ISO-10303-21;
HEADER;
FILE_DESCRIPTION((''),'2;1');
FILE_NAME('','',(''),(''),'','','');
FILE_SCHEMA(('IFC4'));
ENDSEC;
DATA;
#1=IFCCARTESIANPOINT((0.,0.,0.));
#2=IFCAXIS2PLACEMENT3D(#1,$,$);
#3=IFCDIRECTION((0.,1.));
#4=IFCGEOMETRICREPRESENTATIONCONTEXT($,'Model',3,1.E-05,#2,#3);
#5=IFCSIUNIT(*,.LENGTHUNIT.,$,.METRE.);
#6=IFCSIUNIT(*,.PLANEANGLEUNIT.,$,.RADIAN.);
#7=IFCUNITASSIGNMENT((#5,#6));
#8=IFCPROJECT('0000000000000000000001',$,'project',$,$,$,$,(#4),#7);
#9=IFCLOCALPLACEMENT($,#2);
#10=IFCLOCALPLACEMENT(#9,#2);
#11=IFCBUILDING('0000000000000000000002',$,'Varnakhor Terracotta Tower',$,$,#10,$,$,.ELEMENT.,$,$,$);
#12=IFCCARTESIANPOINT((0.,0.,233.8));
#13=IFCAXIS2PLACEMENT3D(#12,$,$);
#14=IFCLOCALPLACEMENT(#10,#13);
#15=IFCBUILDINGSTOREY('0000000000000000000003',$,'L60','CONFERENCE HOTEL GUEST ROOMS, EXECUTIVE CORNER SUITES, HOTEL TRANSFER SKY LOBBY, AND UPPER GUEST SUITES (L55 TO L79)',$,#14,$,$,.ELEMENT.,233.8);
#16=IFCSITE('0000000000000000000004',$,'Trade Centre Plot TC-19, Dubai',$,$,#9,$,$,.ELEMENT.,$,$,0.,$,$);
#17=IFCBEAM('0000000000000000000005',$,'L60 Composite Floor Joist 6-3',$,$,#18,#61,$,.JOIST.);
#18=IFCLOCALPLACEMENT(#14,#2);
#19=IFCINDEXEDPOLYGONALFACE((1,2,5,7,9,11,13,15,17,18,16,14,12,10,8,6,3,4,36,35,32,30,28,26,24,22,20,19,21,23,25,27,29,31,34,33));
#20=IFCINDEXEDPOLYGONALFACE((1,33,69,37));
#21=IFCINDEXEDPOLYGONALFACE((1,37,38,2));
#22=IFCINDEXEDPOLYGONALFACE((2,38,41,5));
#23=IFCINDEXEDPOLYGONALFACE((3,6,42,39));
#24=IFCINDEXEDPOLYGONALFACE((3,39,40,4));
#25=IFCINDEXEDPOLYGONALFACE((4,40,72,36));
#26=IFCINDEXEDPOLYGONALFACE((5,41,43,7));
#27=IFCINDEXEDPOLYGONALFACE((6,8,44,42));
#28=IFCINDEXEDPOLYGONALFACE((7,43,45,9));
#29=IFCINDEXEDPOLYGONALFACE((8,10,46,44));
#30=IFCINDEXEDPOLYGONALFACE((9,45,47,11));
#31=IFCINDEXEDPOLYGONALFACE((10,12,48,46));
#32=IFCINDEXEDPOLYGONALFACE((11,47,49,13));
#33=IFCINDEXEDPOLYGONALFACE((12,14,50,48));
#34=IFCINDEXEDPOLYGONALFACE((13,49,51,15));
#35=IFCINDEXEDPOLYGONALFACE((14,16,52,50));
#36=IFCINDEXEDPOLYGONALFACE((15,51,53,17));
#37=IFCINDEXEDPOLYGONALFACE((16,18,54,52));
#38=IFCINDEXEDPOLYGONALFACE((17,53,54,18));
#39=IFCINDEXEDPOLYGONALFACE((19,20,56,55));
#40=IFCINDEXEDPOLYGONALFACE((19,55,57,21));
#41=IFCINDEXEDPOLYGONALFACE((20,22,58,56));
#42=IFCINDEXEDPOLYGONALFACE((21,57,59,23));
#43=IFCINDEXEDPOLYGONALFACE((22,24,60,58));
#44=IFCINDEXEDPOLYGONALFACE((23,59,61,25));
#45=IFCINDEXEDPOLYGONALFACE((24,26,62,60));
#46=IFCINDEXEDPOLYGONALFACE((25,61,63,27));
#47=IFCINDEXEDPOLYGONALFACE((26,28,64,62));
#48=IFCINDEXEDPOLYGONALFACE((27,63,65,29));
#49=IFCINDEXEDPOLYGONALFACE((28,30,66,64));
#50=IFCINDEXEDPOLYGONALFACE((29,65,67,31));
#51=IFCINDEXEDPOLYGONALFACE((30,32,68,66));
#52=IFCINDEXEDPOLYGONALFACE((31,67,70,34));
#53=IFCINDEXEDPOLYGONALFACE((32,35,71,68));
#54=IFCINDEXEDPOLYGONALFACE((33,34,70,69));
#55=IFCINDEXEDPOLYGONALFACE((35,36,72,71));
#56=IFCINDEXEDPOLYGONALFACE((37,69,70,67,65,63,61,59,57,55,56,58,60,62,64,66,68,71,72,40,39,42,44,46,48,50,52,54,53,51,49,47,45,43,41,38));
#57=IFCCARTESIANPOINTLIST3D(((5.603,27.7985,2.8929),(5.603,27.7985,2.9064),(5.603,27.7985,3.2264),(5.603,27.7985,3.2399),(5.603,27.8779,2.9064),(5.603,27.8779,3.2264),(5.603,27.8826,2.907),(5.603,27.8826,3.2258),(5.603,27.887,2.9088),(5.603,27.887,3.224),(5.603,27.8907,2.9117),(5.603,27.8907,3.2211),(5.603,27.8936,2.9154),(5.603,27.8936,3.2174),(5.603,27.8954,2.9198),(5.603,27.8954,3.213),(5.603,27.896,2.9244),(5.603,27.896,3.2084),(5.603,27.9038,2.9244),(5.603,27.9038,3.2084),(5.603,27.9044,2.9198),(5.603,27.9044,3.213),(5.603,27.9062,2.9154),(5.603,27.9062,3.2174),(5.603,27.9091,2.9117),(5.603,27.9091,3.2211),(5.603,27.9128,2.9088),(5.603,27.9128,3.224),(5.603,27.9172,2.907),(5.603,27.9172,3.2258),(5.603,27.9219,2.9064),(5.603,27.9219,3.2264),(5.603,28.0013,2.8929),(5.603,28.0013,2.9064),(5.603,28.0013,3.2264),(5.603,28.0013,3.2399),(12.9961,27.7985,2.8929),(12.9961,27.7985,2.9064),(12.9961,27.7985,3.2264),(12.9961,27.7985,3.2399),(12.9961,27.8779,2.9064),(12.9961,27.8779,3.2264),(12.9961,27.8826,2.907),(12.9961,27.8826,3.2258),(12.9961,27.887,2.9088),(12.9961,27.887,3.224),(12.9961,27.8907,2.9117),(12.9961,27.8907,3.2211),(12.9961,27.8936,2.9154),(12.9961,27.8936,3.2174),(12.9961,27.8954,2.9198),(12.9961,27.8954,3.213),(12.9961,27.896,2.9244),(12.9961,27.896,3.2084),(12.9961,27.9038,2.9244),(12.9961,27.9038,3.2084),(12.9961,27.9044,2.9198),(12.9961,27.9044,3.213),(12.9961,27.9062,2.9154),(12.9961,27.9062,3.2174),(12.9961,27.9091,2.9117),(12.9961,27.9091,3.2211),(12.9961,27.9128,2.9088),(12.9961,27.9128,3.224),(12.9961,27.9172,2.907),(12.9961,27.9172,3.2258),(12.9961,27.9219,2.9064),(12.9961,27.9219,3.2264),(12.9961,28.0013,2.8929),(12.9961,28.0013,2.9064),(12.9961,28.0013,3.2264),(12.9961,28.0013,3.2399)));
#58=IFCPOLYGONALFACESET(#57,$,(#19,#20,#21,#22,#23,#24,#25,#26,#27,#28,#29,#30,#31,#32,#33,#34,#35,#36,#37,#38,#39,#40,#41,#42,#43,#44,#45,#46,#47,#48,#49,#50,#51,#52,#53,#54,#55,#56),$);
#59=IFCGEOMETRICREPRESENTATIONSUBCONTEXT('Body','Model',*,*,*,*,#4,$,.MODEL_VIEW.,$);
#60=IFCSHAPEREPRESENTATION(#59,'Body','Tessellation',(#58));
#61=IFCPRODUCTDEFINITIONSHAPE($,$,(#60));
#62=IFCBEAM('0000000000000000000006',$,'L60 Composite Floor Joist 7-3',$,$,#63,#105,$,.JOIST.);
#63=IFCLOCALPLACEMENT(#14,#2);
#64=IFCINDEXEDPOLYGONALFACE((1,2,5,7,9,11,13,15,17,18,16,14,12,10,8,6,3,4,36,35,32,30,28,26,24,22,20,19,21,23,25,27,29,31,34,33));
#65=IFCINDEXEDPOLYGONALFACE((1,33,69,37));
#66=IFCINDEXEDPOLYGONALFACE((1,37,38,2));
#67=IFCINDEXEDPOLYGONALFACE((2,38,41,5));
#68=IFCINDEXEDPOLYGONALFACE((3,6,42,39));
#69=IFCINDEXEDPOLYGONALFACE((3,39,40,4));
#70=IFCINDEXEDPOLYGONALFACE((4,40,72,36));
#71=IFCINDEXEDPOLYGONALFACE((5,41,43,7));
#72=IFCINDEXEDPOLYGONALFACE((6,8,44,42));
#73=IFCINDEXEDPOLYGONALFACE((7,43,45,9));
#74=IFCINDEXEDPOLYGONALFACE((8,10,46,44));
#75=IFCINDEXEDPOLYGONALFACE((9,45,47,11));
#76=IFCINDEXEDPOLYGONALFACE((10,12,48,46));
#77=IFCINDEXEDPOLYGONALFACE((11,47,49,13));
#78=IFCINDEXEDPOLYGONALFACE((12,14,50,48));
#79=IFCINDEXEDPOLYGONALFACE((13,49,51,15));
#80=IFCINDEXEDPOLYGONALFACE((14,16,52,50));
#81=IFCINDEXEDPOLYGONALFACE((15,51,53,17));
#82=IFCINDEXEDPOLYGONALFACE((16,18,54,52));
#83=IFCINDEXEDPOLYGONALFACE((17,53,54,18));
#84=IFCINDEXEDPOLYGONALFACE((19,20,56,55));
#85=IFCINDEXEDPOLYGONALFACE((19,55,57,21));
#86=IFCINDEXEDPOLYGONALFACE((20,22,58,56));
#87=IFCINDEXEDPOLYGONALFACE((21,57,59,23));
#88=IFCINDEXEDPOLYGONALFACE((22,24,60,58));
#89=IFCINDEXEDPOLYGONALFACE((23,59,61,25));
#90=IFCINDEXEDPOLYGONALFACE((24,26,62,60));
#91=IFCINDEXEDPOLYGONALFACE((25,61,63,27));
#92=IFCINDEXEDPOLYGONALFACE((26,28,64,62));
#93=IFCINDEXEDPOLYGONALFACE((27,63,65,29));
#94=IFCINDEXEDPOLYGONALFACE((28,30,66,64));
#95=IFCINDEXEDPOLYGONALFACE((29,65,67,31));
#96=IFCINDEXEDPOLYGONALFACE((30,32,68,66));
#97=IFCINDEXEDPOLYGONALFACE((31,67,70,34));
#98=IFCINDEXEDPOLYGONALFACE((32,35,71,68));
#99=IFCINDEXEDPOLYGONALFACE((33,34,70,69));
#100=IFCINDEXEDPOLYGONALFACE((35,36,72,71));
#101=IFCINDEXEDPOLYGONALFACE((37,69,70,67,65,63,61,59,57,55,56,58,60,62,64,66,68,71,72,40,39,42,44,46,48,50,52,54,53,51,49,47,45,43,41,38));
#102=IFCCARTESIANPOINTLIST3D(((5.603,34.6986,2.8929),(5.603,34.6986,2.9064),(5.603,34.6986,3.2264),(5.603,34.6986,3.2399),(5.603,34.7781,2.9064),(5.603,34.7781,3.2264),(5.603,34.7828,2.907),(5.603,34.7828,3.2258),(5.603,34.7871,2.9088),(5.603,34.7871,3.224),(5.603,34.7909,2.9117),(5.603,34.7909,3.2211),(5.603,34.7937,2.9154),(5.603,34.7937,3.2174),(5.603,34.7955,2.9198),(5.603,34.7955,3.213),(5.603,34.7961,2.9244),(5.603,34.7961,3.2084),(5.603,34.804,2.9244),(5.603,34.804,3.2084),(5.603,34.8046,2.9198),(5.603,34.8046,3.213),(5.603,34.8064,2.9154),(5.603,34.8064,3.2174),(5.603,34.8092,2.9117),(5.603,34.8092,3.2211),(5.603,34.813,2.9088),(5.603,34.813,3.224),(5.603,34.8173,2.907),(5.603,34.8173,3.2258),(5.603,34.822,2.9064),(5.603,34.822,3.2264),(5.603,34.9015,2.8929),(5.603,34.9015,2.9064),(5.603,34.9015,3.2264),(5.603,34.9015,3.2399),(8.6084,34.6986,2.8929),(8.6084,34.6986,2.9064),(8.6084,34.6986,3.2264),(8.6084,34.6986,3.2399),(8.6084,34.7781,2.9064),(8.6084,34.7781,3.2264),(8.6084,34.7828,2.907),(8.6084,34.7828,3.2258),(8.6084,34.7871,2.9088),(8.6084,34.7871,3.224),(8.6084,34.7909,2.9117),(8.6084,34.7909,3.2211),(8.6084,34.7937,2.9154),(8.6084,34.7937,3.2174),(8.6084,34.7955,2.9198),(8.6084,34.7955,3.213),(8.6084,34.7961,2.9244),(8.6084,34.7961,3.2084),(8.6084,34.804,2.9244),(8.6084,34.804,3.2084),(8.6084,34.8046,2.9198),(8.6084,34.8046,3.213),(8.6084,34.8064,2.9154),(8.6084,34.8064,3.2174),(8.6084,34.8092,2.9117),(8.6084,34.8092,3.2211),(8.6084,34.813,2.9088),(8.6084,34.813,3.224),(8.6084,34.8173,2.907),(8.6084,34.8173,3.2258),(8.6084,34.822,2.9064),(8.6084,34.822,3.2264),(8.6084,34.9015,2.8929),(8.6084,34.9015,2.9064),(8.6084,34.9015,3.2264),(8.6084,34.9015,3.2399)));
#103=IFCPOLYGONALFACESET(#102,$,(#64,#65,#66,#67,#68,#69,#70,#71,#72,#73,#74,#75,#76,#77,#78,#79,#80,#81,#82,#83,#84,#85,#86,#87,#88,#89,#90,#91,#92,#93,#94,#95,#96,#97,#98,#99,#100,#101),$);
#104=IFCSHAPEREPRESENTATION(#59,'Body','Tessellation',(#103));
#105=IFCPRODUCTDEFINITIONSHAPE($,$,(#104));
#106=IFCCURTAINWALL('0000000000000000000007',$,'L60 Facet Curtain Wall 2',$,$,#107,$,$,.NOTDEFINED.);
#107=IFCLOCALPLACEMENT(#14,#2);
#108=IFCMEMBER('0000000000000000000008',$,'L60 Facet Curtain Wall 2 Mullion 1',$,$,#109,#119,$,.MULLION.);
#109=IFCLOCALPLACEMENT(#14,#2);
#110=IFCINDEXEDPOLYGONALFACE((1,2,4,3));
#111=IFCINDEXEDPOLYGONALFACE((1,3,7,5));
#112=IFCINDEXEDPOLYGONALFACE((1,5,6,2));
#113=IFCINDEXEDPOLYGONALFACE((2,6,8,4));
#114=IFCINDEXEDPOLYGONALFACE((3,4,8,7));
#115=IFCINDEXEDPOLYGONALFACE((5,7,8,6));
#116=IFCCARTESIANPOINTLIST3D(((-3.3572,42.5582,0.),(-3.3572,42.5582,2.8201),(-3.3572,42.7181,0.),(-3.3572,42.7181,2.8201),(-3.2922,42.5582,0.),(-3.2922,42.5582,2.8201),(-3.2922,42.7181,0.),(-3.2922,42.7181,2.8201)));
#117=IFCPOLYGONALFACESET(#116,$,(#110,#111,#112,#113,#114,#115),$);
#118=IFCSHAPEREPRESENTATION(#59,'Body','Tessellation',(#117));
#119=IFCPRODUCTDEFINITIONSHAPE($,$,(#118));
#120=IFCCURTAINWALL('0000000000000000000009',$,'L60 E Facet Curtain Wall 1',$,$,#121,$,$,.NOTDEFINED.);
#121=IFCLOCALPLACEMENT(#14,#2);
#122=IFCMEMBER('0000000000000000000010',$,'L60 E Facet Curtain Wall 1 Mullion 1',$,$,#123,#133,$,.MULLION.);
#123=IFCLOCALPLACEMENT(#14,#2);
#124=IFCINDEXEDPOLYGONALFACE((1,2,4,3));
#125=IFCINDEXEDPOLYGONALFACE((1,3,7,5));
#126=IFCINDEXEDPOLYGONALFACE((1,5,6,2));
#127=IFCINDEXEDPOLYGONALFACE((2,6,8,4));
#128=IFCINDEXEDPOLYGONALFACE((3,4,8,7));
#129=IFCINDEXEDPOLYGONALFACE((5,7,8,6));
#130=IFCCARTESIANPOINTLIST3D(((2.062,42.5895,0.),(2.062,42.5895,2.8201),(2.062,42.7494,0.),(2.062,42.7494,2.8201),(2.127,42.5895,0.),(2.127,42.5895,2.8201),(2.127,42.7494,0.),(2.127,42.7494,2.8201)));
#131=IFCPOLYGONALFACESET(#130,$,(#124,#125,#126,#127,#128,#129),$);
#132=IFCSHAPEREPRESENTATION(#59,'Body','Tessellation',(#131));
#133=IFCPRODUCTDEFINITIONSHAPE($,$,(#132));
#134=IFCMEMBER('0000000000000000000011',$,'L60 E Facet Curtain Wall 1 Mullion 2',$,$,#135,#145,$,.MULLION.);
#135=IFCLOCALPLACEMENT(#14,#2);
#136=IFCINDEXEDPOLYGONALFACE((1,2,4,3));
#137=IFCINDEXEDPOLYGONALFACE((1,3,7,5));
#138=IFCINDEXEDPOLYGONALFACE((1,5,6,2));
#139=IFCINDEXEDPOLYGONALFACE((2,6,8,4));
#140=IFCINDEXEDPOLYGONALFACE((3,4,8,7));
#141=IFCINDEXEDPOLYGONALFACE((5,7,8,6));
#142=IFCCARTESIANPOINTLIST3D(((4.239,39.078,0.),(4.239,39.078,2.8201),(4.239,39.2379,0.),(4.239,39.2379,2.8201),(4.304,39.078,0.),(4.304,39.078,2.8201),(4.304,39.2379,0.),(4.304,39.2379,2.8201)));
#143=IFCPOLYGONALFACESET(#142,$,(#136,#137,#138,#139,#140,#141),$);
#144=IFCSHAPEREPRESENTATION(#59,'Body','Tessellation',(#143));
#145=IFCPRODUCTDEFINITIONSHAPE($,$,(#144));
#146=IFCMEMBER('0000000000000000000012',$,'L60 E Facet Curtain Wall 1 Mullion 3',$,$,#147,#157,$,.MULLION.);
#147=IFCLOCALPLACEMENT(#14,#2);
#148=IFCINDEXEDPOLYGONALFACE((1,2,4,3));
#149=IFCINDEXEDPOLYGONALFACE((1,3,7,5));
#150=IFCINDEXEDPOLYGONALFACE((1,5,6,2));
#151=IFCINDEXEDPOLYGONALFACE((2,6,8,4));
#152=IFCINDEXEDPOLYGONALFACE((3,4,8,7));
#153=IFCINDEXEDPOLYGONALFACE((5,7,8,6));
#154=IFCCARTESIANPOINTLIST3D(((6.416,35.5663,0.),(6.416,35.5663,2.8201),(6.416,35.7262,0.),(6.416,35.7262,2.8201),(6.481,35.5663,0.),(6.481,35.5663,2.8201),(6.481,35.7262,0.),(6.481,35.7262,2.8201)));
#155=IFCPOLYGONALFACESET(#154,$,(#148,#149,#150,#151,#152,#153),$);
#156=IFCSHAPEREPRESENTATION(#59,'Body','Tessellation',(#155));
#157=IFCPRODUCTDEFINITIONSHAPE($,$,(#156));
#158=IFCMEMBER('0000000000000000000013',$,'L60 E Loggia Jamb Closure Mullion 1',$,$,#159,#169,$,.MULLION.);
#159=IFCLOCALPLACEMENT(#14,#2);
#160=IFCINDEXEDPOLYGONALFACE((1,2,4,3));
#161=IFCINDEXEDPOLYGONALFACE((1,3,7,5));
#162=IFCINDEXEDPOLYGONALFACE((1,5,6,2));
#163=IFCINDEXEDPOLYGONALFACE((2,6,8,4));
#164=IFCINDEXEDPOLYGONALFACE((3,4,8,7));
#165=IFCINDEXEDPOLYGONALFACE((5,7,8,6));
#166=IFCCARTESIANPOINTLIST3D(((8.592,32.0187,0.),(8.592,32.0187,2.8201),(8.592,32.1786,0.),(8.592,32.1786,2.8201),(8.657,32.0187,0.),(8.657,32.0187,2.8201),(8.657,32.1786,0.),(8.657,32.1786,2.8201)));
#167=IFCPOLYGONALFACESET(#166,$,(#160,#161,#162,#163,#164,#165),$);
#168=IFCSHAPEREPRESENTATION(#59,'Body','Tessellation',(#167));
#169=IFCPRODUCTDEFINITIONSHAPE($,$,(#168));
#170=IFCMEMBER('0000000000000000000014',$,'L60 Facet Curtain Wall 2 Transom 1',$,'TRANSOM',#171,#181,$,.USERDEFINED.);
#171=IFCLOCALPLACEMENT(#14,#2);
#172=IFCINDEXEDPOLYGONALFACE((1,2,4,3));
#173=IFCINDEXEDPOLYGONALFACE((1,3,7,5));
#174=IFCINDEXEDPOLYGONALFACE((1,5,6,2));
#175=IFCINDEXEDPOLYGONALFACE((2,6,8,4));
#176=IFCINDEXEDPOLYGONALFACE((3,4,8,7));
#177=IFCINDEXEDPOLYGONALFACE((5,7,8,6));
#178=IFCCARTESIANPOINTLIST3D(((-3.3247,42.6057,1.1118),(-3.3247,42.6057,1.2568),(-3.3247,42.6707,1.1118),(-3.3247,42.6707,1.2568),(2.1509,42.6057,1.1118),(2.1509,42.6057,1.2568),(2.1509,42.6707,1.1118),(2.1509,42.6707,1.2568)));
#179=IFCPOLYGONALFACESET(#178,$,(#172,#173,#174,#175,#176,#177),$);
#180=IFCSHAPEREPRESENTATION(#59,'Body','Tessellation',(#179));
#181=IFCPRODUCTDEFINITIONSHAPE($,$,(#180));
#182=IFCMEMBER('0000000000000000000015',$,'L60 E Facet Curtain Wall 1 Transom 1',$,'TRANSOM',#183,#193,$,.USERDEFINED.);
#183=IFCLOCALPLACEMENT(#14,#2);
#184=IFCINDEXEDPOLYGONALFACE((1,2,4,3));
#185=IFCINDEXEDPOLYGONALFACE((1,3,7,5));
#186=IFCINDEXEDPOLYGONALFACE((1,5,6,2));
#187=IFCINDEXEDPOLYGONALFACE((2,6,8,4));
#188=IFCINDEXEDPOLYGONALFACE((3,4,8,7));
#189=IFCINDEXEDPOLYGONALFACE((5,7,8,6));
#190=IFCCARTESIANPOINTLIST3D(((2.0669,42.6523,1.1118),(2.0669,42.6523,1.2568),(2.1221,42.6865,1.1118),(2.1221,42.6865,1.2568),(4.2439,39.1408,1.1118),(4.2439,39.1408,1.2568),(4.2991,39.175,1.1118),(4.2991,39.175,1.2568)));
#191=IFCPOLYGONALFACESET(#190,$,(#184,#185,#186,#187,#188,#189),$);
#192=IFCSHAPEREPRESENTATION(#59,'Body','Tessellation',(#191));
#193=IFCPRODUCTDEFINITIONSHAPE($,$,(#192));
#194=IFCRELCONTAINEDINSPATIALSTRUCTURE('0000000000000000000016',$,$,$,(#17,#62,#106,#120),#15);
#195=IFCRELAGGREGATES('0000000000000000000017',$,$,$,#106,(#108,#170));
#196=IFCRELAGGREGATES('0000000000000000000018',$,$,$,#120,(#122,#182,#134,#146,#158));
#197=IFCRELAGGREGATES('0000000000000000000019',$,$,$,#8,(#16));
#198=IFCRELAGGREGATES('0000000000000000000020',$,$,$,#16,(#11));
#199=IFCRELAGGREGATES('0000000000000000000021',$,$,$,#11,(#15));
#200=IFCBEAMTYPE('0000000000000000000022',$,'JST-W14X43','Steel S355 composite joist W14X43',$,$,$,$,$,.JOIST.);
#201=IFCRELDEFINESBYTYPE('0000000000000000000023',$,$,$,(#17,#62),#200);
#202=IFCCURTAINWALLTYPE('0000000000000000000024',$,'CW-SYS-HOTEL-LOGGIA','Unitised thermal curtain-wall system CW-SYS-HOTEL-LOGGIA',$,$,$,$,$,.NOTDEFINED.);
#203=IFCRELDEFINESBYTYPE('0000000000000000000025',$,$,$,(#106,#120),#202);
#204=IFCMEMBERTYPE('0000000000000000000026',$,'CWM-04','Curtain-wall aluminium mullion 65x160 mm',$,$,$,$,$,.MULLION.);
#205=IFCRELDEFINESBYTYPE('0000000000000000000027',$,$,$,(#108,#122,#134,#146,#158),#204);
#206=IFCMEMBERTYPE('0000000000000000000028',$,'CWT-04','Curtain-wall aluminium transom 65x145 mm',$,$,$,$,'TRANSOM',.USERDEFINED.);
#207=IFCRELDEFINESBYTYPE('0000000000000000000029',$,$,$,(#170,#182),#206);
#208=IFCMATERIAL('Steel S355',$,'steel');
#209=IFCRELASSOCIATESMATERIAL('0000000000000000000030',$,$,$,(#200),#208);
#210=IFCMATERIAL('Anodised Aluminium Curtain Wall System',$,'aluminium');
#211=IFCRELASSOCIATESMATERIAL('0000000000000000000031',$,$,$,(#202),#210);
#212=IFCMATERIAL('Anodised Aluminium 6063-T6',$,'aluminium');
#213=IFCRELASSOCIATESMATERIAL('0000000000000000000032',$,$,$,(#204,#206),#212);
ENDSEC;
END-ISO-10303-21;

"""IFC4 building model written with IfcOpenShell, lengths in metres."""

from ifc_helpers import new_model, si_unit, direction, frame, origin, origin_2d, place, context, subcontext, project, spatial, rectangle, i_section, extrude, source, transform, mapped, material, material_profile, profile_set, type_object, type_shapes, element, aggregate, save


model = new_model("IFC4")

# Units and contexts
model_context = context("Model", 3, precision=1e-05, world=origin(), true_north=direction((0.0, 1.0)))
body_context = subcontext(model_context, "Body", "Model", "MODEL_VIEW")
ifc_project = project(units=[si_unit("LENGTHUNIT", "METRE"), si_unit("PLANEANGLEUNIT", "RADIAN")], contexts=[model_context])

# Site, building, storey
site_placement = place(None, origin())
site = spatial("IfcSite", under=ifc_project, at=site_placement, Name="Trade Centre Plot TC-19, Dubai", CompositionType="ELEMENT", RefElevation=0.0)
building_placement = place(site_placement, origin())
building = spatial("IfcBuilding", under=site, at=building_placement, Name="Varnakhor Terracotta Tower", CompositionType="ELEMENT")
storey_placement = place(building_placement, frame((0.0, 0.0, 233.8)))
storey = spatial("IfcBuildingStorey", under=building, at=storey_placement, Name="L60", Description="CONFERENCE HOTEL GUEST ROOMS, EXECUTIVE CORNER SUITES, HOTEL TRANSFER SKY LOBBY, AND UPPER GUEST SUITES (L55 TO L79)", CompositionType="ELEMENT", Elevation=233.8)

# Beams
ifc_material_1 = material(Name="Steel S355", Category="steel")
ifc_material_profile_1 = material_profile(ifc_material_1, i_section(OverallWidth=0.2029, OverallDepth=0.3469, WebThickness=0.0078, FlangeThickness=0.0134, FilletRadius=0.0181, at=origin_2d()), Name="W14X43")
ifc_profile_set_1 = profile_set([ifc_material_profile_1], Name="Steel S355")
beam_type_1 = type_object("IfcBeamType", Name="JST-W14X43", Description="Steel S355 composite joist W14X43", PredefinedType="JOIST", material=ifc_profile_set_1)
shared_shape_1 = source(origin(), body_context, "Body", "SweptSolid", [
    extrude(i_section(OverallWidth=0.2029, OverallDepth=0.3469, WebThickness=0.0078, FlangeThickness=0.0134, FilletRadius=0.0181, at=origin_2d()), origin(), (0.0, 0.0, 1.0), 7.3931),
])
beam_1_placement = place(storey_placement, frame((5.603, 27.8999, 3.0664), z_axis=(1.0, 0.0, 0.0), x_axis=(0.0, 1.0, 0.0)))
element("IfcBeam", 1, at=beam_1_placement, inside=storey, type_object=beam_type_1, Name="L60 Composite Floor Joist 6-3", PredefinedType="JOIST", context=body_context, shape_type="MappedRepresentation", body=[
    mapped(shared_shape_1, transform((0.0, 0.0, 0.0), scale=1.0)),
])
shared_shape_2 = source(origin(), body_context, "Body", "SweptSolid", [
    extrude(i_section(OverallWidth=0.2029, OverallDepth=0.3469, WebThickness=0.0078, FlangeThickness=0.0134, FilletRadius=0.0181, at=origin_2d()), origin(), (0.0, 0.0, 1.0), 3.0054),
])
beam_2_placement = place(storey_placement, frame((5.603, 34.8, 3.0664), z_axis=(1.0, 0.0, 0.0), x_axis=(0.0, 1.0, 0.0)))
element("IfcBeam", 2, at=beam_2_placement, inside=storey, type_object=beam_type_1, Name="L60 Composite Floor Joist 7-3", PredefinedType="JOIST", context=body_context, shape_type="MappedRepresentation", body=[
    mapped(shared_shape_2, transform((0.0, 0.0, 0.0), scale=1.0)),
])

# Curtain wall, member
ifc_material_2 = material(Name="Anodised Aluminium Curtain Wall System", Category="aluminium")
curtain_wall_type = type_object("IfcCurtainWallType", Name="CW-SYS-HOTEL-LOGGIA", Description="Unitised thermal curtain-wall system CW-SYS-HOTEL-LOGGIA", PredefinedType="NOTDEFINED", material=ifc_material_2)
curtain_wall_1_placement = place(storey_placement, origin())
curtain_wall_1 = element("IfcCurtainWall", 3, at=curtain_wall_1_placement, inside=storey, type_object=curtain_wall_type, Name="L60 Facet Curtain Wall 2", PredefinedType="NOTDEFINED")
ifc_material_3 = material(Name="Anodised Aluminium 6063-T6", Category="aluminium")
ifc_material_profile_2 = material_profile(ifc_material_3, rectangle(XDim=0.0649, YDim=0.1599, at=origin_2d()), Name="ALU MULLION 65x160")
ifc_profile_set_2 = profile_set([ifc_material_profile_2], Name="Anodised Aluminium 6063-T6")
member_type_1 = type_object("IfcMemberType", Name="CWM-04", Description="Curtain-wall aluminium mullion 65x160 mm", PredefinedType="MULLION", material=ifc_profile_set_2)
shared_shape_3 = source(origin(), body_context, "Body", "SweptSolid", [
    extrude(rectangle(XDim=0.0649, YDim=0.1599, at=origin_2d()), origin(), (0.0, 0.0, 1.0), 2.8201),
])
type_shapes(member_type_1, [shared_shape_3])
member_1_placement = place(storey_placement, frame((-3.3247, 42.6382, 0.0), z_axis=(0.0, 0.0, 1.0), x_axis=(1.0, 0.0, 0.0)))
member_1 = element("IfcMember", 4, at=member_1_placement, type_object=member_type_1, Name="L60 Facet Curtain Wall 2 Mullion 1", PredefinedType="MULLION", context=body_context, shape_type="MappedRepresentation", body=[
    mapped(shared_shape_3, transform((0.0, 0.0, 0.0), scale=1.0)),
])

# Curtain wall, members
curtain_wall_2_placement = place(storey_placement, origin())
curtain_wall_2 = element("IfcCurtainWall", 5, at=curtain_wall_2_placement, inside=storey, type_object=curtain_wall_type, Name="L60 E Facet Curtain Wall 1", PredefinedType="NOTDEFINED")
member_2_placement = place(storey_placement, frame((2.0945, 42.6694, 0.0), z_axis=(0.0, 0.0, 1.0), x_axis=(1.0, 0.0, 0.0)))
member_2 = element("IfcMember", 6, at=member_2_placement, type_object=member_type_1, Name="L60 E Facet Curtain Wall 1 Mullion 1", PredefinedType="MULLION", context=body_context, shape_type="MappedRepresentation", body=[
    mapped(shared_shape_3, transform((0.0, 0.0, 0.0), scale=1.0)),
])
member_3_placement = place(storey_placement, frame((4.2715, 39.158, 0.0), z_axis=(0.0, 0.0, 1.0), x_axis=(1.0, 0.0, 0.0)))
member_3 = element("IfcMember", 7, at=member_3_placement, type_object=member_type_1, Name="L60 E Facet Curtain Wall 1 Mullion 2", PredefinedType="MULLION", context=body_context, shape_type="MappedRepresentation", body=[
    mapped(shared_shape_3, transform((0.0, 0.0, 0.0), scale=1.0)),
])
member_4_placement = place(storey_placement, frame((6.4485, 35.6462, 0.0), z_axis=(0.0, 0.0, 1.0), x_axis=(1.0, 0.0, 0.0)))
member_4 = element("IfcMember", 8, at=member_4_placement, type_object=member_type_1, Name="L60 E Facet Curtain Wall 1 Mullion 3", PredefinedType="MULLION", context=body_context, shape_type="MappedRepresentation", body=[
    mapped(shared_shape_3, transform((0.0, 0.0, 0.0), scale=1.0)),
])
member_5_placement = place(storey_placement, frame((8.6245, 32.0986, 0.0), z_axis=(0.0, 0.0, 1.0), x_axis=(1.0, 0.0, 0.0)))
member_5 = element("IfcMember", 9, at=member_5_placement, type_object=member_type_1, Name="L60 E Loggia Jamb Closure Mullion 1", PredefinedType="MULLION", context=body_context, shape_type="MappedRepresentation", body=[
    mapped(shared_shape_3, transform((0.0, 0.0, 0.0), scale=1.0)),
])

# Members
ifc_material_profile_3 = material_profile(ifc_material_3, rectangle(XDim=0.0649, YDim=0.145, at=origin_2d()), Name="ALU TRANSOM 65x145")
ifc_profile_set_3 = profile_set([ifc_material_profile_3], Name="Anodised Aluminium 6063-T6")
member_type_2 = type_object("IfcMemberType", Name="CWT-04", Description="Curtain-wall aluminium transom 65x145 mm", ElementType="TRANSOM", PredefinedType="USERDEFINED", material=ifc_profile_set_3)
shared_shape_4 = source(origin(), body_context, "Body", "SweptSolid", [
    extrude(rectangle(XDim=0.0649, YDim=0.145, at=origin_2d()), origin(), (0.0, 0.0, 1.0), 5.4756),
])
member_6_placement = place(storey_placement, frame((-3.3247, 42.6382, 1.1843), z_axis=(1.0, 0.0, 0.0), x_axis=(0.0, 1.0, 0.0)))
member_6 = element("IfcMember", 10, at=member_6_placement, type_object=member_type_2, Name="L60 Facet Curtain Wall 2 Transom 1", ObjectType="TRANSOM", PredefinedType="USERDEFINED", context=body_context, shape_type="MappedRepresentation", body=[
    mapped(shared_shape_4, transform((0.0, 0.0, 0.0), scale=1.0)),
])
shared_shape_5 = source(origin(), body_context, "Body", "SweptSolid", [
    extrude(rectangle(XDim=0.0649, YDim=0.145, at=origin_2d()), origin(), (0.0, 0.0, 1.0), 4.1316),
])
member_7_placement = place(storey_placement, frame((2.0945, 42.6694, 1.1843), z_axis=(0.52692, -0.849915, 0.0), x_axis=(0.849915, 0.52692, 0.0)))
member_7 = element("IfcMember", 11, at=member_7_placement, type_object=member_type_2, Name="L60 E Facet Curtain Wall 1 Transom 1", ObjectType="TRANSOM", PredefinedType="USERDEFINED", context=body_context, shape_type="MappedRepresentation", body=[
    mapped(shared_shape_5, transform((0.0, 0.0, 0.0), scale=1.0)),
])

aggregate(curtain_wall_1, [member_1, member_6])
aggregate(curtain_wall_2, [member_2, member_7, member_3, member_4, member_5])

save(model, "model.ifc")
